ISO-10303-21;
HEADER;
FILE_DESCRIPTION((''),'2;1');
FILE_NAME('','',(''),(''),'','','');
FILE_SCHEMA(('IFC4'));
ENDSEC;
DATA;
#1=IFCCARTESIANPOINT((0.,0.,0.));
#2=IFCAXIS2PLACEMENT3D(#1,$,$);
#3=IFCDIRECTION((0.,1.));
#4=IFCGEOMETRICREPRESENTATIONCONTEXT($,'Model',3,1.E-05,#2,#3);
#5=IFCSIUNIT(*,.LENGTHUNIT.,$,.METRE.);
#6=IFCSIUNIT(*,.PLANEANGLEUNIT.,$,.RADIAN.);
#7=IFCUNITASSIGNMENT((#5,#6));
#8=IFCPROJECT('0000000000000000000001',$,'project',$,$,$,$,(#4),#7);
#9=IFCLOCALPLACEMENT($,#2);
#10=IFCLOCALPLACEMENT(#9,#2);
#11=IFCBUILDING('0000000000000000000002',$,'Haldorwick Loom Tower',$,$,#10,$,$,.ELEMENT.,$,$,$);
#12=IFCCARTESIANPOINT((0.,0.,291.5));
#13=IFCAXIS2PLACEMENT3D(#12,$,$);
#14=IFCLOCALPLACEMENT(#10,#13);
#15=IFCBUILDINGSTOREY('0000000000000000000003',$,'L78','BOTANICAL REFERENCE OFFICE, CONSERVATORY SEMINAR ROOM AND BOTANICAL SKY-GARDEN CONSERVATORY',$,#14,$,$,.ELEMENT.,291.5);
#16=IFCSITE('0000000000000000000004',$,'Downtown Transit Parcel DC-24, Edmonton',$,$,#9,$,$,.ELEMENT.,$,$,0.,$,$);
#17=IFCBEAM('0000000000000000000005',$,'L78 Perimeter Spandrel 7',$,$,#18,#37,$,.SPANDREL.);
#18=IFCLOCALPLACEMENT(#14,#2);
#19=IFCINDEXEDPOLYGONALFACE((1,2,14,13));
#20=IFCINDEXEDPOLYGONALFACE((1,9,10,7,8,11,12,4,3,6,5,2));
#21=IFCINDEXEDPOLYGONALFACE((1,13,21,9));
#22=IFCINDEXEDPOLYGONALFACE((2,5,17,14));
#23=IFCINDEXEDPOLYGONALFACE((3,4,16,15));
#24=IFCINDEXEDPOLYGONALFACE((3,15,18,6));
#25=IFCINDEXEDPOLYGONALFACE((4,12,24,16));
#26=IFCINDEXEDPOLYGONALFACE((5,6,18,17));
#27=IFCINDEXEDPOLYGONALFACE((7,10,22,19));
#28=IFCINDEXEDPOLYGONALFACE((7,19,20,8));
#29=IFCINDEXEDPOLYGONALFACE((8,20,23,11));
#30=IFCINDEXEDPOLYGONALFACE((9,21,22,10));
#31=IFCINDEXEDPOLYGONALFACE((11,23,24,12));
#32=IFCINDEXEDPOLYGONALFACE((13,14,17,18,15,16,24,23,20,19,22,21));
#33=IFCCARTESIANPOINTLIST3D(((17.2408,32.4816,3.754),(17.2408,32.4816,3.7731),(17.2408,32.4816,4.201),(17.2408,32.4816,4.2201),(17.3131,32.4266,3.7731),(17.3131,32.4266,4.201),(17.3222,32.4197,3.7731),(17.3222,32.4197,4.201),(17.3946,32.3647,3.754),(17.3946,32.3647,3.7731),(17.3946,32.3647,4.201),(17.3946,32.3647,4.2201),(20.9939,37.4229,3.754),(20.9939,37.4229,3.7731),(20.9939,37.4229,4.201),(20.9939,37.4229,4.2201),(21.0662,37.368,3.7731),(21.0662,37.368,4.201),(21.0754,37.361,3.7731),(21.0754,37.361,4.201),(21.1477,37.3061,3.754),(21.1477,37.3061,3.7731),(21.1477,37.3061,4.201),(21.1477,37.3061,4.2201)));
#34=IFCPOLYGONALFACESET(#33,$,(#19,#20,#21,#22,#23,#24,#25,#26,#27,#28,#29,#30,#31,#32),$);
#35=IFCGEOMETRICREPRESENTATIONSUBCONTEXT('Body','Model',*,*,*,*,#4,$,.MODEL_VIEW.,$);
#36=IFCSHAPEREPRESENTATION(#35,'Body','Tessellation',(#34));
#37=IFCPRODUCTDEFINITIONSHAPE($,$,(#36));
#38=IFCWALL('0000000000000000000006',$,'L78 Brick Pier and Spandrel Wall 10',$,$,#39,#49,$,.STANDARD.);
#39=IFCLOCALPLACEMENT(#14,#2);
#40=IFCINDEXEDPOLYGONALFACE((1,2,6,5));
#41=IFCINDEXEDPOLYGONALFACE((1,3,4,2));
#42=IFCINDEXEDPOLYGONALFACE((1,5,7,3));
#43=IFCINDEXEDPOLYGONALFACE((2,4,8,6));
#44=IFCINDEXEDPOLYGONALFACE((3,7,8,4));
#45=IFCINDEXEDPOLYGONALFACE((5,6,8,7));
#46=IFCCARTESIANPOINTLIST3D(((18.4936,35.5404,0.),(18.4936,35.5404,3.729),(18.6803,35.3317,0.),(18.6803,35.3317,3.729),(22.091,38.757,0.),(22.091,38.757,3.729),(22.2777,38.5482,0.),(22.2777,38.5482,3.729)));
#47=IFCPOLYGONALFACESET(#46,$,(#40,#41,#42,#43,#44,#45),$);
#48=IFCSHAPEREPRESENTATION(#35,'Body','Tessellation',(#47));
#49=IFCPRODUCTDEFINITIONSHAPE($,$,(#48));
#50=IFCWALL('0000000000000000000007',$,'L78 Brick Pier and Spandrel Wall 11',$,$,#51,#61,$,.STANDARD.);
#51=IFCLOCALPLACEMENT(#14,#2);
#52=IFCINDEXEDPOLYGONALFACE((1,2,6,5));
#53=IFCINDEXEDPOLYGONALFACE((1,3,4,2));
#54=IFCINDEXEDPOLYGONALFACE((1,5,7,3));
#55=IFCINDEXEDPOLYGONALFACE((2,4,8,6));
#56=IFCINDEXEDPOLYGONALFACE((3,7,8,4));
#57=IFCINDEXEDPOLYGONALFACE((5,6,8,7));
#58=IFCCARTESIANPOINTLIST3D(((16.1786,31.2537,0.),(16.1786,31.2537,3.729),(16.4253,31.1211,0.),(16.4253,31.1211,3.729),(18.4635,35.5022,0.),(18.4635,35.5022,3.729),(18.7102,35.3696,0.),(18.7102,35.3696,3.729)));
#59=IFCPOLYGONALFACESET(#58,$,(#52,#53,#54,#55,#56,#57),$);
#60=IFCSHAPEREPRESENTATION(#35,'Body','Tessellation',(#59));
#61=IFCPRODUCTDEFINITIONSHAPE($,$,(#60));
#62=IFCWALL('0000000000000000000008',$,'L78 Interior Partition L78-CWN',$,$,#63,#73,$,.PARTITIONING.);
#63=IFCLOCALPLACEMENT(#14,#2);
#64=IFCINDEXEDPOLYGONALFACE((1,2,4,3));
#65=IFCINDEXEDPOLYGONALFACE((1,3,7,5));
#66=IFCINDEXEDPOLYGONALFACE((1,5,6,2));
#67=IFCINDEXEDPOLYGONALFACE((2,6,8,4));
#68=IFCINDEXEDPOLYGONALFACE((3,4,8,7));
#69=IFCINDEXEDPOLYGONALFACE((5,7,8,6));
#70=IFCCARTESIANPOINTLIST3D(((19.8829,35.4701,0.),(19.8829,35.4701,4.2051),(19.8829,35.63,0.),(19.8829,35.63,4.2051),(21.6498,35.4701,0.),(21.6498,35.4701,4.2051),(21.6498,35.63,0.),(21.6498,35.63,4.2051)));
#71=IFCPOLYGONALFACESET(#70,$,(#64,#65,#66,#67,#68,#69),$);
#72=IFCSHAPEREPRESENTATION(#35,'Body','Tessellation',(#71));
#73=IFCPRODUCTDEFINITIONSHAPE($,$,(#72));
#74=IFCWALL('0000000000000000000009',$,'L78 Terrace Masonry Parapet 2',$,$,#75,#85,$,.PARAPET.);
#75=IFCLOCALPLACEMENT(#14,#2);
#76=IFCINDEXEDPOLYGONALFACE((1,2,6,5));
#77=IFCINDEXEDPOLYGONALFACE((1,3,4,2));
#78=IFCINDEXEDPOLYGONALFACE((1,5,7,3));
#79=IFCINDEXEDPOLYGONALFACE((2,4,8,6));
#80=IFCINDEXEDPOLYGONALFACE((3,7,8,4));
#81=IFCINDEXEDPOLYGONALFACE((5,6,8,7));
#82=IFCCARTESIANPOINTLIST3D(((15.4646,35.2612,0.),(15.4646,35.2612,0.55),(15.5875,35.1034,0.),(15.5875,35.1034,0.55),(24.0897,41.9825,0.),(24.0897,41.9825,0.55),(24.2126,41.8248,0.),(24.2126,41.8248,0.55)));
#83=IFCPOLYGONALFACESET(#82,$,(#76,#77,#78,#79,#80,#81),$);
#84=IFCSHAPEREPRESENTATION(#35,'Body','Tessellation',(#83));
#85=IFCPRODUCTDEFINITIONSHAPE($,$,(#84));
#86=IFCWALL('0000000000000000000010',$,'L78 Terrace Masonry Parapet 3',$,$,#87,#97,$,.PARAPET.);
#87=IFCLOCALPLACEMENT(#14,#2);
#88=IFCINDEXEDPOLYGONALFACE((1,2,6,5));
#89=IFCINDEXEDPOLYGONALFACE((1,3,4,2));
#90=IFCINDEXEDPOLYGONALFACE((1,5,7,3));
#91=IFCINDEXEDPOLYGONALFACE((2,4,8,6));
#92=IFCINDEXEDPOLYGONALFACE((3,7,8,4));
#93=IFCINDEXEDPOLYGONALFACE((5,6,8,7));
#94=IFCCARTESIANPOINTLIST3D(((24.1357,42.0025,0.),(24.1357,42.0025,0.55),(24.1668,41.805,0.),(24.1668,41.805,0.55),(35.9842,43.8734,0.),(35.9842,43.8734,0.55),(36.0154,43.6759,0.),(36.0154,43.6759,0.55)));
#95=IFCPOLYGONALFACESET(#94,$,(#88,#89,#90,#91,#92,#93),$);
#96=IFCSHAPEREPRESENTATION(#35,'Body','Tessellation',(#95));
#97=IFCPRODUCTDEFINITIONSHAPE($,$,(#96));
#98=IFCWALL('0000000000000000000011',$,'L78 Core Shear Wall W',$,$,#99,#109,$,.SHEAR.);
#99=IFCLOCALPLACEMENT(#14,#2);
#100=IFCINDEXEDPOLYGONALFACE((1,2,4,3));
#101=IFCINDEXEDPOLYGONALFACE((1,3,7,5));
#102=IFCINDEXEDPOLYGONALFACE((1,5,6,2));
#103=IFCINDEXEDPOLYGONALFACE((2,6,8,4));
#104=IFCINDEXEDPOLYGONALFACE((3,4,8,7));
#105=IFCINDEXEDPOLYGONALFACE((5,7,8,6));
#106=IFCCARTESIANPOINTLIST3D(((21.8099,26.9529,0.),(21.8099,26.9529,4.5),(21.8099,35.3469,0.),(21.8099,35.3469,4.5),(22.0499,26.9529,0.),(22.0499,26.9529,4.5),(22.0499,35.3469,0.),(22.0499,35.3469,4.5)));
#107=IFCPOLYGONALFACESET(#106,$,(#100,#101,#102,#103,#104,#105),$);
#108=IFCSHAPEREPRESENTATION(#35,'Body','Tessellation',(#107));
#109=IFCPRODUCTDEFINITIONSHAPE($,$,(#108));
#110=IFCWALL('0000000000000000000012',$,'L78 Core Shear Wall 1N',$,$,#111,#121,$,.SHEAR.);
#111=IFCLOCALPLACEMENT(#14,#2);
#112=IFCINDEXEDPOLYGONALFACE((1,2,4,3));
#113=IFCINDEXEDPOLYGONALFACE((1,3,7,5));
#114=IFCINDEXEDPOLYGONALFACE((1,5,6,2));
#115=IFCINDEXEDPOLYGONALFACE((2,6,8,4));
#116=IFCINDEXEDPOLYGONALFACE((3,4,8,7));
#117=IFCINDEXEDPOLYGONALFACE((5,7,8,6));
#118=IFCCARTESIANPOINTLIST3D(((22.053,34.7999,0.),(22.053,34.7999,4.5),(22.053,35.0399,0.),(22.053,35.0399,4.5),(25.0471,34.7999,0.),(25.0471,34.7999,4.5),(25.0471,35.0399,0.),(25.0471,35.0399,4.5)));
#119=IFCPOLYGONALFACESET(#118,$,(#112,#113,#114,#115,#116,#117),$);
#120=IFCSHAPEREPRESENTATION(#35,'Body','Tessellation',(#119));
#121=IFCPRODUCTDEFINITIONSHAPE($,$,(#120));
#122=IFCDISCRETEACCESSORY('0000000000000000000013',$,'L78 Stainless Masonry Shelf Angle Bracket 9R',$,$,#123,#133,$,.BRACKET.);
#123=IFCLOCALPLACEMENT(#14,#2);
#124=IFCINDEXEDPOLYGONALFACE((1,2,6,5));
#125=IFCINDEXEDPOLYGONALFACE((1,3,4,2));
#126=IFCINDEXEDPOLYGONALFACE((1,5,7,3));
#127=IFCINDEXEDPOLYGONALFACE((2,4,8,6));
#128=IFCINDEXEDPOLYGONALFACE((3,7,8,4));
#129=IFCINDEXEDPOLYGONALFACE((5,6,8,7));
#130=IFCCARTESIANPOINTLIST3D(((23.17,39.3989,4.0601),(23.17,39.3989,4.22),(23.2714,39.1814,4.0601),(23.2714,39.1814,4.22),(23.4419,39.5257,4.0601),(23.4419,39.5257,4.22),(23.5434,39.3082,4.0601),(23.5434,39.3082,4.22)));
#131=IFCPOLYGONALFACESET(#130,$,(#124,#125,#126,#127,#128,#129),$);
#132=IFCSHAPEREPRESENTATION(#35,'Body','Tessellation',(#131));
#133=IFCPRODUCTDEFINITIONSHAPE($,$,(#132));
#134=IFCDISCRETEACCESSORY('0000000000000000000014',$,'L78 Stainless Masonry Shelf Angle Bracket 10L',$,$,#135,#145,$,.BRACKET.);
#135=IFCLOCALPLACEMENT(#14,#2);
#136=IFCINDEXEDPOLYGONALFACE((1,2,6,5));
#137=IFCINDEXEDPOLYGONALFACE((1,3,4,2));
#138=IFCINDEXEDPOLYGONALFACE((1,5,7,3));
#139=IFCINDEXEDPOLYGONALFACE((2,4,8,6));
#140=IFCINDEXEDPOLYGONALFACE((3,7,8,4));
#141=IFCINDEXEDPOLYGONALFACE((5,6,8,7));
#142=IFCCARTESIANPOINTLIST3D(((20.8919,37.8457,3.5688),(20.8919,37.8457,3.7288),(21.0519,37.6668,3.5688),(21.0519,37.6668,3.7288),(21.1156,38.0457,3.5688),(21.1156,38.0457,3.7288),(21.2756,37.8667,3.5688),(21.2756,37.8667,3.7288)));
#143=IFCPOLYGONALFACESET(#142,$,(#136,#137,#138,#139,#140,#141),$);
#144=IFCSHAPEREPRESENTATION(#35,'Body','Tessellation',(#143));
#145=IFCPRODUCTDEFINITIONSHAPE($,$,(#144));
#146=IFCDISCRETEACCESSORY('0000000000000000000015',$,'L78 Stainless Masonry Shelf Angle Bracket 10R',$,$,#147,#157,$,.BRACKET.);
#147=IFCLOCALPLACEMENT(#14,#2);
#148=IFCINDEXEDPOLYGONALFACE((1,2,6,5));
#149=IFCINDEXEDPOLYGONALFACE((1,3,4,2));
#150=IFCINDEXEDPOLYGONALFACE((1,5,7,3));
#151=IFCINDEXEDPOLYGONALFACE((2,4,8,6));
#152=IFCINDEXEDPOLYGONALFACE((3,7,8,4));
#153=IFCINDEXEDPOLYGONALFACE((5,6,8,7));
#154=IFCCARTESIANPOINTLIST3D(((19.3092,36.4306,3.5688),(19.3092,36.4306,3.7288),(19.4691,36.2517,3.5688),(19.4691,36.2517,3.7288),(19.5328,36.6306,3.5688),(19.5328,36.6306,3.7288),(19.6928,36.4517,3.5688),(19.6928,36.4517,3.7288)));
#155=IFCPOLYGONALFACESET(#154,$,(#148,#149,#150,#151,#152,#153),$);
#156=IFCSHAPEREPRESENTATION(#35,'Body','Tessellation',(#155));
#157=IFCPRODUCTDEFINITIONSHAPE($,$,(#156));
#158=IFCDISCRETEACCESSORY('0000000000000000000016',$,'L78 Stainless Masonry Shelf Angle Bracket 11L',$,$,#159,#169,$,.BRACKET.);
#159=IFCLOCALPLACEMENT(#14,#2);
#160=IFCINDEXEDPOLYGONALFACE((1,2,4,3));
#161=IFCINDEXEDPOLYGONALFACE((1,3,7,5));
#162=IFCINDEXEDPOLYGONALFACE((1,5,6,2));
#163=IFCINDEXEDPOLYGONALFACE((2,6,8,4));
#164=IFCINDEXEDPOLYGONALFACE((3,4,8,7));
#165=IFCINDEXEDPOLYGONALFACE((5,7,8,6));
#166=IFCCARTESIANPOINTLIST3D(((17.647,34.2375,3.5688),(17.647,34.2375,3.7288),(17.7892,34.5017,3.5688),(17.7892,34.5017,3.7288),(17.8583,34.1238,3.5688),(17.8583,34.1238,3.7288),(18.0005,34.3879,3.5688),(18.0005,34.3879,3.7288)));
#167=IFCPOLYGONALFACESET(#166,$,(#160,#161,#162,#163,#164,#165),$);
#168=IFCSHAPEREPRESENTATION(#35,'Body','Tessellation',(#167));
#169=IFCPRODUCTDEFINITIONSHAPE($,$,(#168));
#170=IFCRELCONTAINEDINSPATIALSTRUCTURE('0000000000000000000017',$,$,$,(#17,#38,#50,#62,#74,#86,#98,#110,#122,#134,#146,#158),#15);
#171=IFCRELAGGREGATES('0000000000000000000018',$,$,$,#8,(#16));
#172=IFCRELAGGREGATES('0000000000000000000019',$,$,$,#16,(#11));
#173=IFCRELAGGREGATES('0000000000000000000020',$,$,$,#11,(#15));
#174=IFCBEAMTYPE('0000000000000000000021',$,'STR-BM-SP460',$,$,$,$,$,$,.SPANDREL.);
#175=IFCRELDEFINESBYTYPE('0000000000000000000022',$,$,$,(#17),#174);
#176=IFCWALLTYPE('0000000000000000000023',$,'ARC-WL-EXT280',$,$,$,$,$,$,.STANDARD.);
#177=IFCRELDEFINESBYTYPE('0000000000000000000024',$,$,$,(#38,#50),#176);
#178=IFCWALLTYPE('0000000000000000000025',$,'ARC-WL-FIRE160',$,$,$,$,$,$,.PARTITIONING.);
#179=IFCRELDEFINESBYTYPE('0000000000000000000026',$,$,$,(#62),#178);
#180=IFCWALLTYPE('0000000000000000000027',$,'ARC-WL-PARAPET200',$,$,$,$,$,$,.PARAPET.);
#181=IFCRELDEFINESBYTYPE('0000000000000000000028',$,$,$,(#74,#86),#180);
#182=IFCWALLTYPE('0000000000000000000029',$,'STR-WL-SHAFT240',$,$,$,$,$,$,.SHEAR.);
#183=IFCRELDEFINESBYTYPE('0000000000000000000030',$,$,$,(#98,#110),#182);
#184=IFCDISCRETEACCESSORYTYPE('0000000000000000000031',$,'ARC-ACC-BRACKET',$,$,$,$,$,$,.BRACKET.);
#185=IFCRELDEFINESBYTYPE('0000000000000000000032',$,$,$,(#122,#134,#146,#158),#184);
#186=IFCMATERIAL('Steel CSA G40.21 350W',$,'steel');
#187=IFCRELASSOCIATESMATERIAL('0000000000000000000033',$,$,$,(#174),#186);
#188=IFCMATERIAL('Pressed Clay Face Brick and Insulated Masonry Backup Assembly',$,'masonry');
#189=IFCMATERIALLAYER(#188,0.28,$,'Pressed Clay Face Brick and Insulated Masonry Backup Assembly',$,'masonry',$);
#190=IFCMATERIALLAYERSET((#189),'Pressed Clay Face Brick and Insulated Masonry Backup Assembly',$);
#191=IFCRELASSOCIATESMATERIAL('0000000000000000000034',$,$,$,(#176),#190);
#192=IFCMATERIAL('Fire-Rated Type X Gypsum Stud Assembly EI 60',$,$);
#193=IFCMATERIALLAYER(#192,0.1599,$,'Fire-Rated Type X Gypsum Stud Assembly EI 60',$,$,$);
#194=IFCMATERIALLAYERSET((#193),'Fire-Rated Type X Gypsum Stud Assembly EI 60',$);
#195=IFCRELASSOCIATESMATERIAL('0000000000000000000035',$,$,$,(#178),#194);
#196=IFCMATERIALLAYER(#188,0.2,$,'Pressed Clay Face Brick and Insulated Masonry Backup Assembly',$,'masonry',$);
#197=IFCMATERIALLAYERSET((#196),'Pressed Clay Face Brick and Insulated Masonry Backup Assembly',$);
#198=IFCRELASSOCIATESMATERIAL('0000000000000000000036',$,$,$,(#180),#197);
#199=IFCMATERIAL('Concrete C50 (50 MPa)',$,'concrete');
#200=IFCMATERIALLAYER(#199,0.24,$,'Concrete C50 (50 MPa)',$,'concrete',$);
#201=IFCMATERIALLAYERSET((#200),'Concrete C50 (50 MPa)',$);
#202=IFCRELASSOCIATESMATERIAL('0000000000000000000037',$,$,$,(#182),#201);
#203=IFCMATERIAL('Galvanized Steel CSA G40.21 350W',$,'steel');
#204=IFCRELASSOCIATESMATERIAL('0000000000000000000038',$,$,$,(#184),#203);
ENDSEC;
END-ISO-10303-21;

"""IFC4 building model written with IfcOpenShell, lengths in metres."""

from ifc_helpers import new_model, si_unit, direction, frame, frame_2d, origin, origin_2d, place, context, subcontext, project, spatial, rectangle, i_section, extrude, material, layer, layer_set, material_profile, profile_set, type_object, element, save


model = new_model("IFC4")

# Units and contexts
model_context = context("Model", 3, precision=1e-05, world=origin(), true_north=direction((0.0, 1.0)))
body_context = subcontext(model_context, "Body", "Model", "MODEL_VIEW")
ifc_project = project(units=[si_unit("LENGTHUNIT", "METRE"), si_unit("PLANEANGLEUNIT", "RADIAN")], contexts=[model_context])

# Site, building, storey
site_placement = place(None, origin())
site = spatial("IfcSite", under=ifc_project, at=site_placement, Name="Downtown Transit Parcel DC-24, Edmonton", CompositionType="ELEMENT", RefElevation=0.0)
building_placement = place(site_placement, origin())
building = spatial("IfcBuilding", under=site, at=building_placement, Name="Haldorwick Loom Tower", CompositionType="ELEMENT")
storey_placement = place(building_placement, frame((0.0, 0.0, 291.5)))
storey = spatial("IfcBuildingStorey", under=building, at=storey_placement, Name="L78", Description="BOTANICAL REFERENCE OFFICE, CONSERVATORY SEMINAR ROOM AND BOTANICAL SKY-GARDEN CONSERVATORY", CompositionType="ELEMENT", Elevation=291.5)

# Shared definitions
ifc_material_1 = material(Name="Steel CSA G40.21 350W", Category="steel")

# Beam
ifc_material_2 = material(Name="Concrete C50 (50 MPa)", Category="concrete")
ifc_material_profile_1 = material_profile(ifc_material_1, i_section(OverallWidth=0.1931, OverallDepth=0.4661, WebThickness=0.0115, FlangeThickness=0.019, at=origin_2d()), Name="W460X97", Category="steel")
ifc_profile_set_1 = profile_set([ifc_material_profile_1], Name="Steel CSA G40.21 350W")
beam_type_1 = type_object("IfcBeamType", Name="STR-BM-SP460", PredefinedType="SPANDREL", material=ifc_profile_set_1)
beam_1_placement = place(storey_placement, frame((21.0708, 37.3645, 3.9871), z_axis=(-0.604849, -0.79634, 0.0), x_axis=(0.79634, -0.604849, 0.0)))
element("IfcBeam", 1, at=beam_1_placement, inside=storey, type_object=beam_type_1, Name="L78 Perimeter Spandrel 7", PredefinedType="SPANDREL", context=body_context, shape_type="SweptSolid", body=[
    extrude(i_section(OverallWidth=0.1931, OverallDepth=0.4661, WebThickness=0.0115, FlangeThickness=0.019, at=origin_2d()), origin(), (0.0, 0.0, 1.0), 6.2051),
])

# Walls
ifc_material_3 = material(Name="Pressed Clay Face Brick and Insulated Masonry Backup Assembly", Category="masonry")
ifc_layer_1 = layer(ifc_material_3, 0.28, Name="Pressed Clay Face Brick and Insulated Masonry Backup Assembly", Category="masonry")
ifc_layer_set_1 = layer_set([ifc_layer_1], Name="Pressed Clay Face Brick and Insulated Masonry Backup Assembly")
wall_type_1 = type_object("IfcWallType", Name="ARC-WL-EXT280", PredefinedType="STANDARD", material=ifc_layer_set_1)
wall_1_placement = place(storey_placement, frame((22.1843, 38.6526, 0.0), z_axis=(0.0, 0.0, 1.0), x_axis=(-0.745466, -0.666543, 0.0)))
element("IfcWall", 2, at=wall_1_placement, inside=storey, type_object=wall_type_1, Name="L78 Brick Pier and Spandrel Wall 10", PredefinedType="STANDARD", context=body_context, shape_type="SweptSolid", body=[
    extrude(rectangle(XDim=4.8257, YDim=0.28, at=frame_2d((2.4128, 0.0))), origin(), (0.0, 0.0, 1.0), 3.729),
])
wall_2_placement = place(storey_placement, frame((18.5869, 35.436, 0.0), z_axis=(0.0, 0.0, 1.0), x_axis=(-0.473656, -0.88071, 0.0)))
element("IfcWall", 3, at=wall_2_placement, inside=storey, type_object=wall_type_1, Name="L78 Brick Pier and Spandrel Wall 11", PredefinedType="STANDARD", context=body_context, shape_type="SweptSolid", body=[
    extrude(rectangle(XDim=4.824, YDim=0.28, at=frame_2d((2.4121, 0.0))), origin(), (0.0, 0.0, 1.0), 3.729),
])
ifc_material_4 = material(Name="Fire-Rated Type X Gypsum Stud Assembly EI 60")
ifc_layer_2 = layer(ifc_material_4, 0.1599, Name="Fire-Rated Type X Gypsum Stud Assembly EI 60")
ifc_layer_set_2 = layer_set([ifc_layer_2], Name="Fire-Rated Type X Gypsum Stud Assembly EI 60")
wall_type_2 = type_object("IfcWallType", Name="ARC-WL-FIRE160", PredefinedType="PARTITIONING", material=ifc_layer_set_2)
wall_3_placement = place(storey_placement, frame((19.8831, 35.55, 0.0), z_axis=(0.0, 0.0, 1.0), x_axis=(1.0, 0.0, 0.0)))
element("IfcWall", 4, at=wall_3_placement, inside=storey, type_object=wall_type_2, Name="L78 Interior Partition L78-CWN", PredefinedType="PARTITIONING", context=body_context, shape_type="SweptSolid", body=[
    extrude(rectangle(XDim=1.7668, YDim=0.1599, at=frame_2d((0.8833, 0.0))), origin(), (0.0, 0.0, 1.0), 4.2051),
])
ifc_layer_3 = layer(ifc_material_3, 0.2, Name="Pressed Clay Face Brick and Insulated Masonry Backup Assembly", Category="masonry")
ifc_layer_set_3 = layer_set([ifc_layer_3], Name="Pressed Clay Face Brick and Insulated Masonry Backup Assembly")
wall_type_3 = type_object("IfcWallType", Name="ARC-WL-PARAPET200", PredefinedType="PARAPET", material=ifc_layer_set_3)
wall_4_placement = place(storey_placement, frame((15.5261, 35.1824, 0.0), z_axis=(0.0, 0.0, 1.0), x_axis=(0.78878, 0.614676, 0.0)))
element("IfcWall", 5, at=wall_4_placement, inside=storey, type_object=wall_type_3, Name="L78 Terrace Masonry Parapet 2", PredefinedType="PARAPET", context=body_context, shape_type="SweptSolid", body=[
    extrude(rectangle(XDim=10.9348, YDim=0.2, at=frame_2d((5.4673, 0.0))), origin(), (0.0, 0.0, 1.0), 0.55),
])
wall_5_placement = place(storey_placement, frame((24.1514, 41.9038, 0.0), z_axis=(0.0, 0.0, 1.0), x_axis=(0.987763, 0.155964, 0.0)))
element("IfcWall", 6, at=wall_5_placement, inside=storey, type_object=wall_type_3, Name="L78 Terrace Masonry Parapet 3", PredefinedType="PARAPET", context=body_context, shape_type="SweptSolid", body=[
    extrude(rectangle(XDim=11.9954, YDim=0.2, at=frame_2d((5.9976, 0.0))), origin(), (0.0, 0.0, 1.0), 0.55),
])
ifc_layer_4 = layer(ifc_material_2, 0.24, Name="Concrete C50 (50 MPa)", Category="concrete")
ifc_layer_set_4 = layer_set([ifc_layer_4], Name="Concrete C50 (50 MPa)")
wall_type_4 = type_object("IfcWallType", Name="STR-WL-SHAFT240", PredefinedType="SHEAR", material=ifc_layer_set_4)
wall_6_placement = place(storey_placement, frame((21.9299, 35.3469, 0.0), z_axis=(0.0, 0.0, 1.0), x_axis=(0.0, -1.0, 0.0)))
element("IfcWall", 7, at=wall_6_placement, inside=storey, type_object=wall_type_4, Name="L78 Core Shear Wall W", PredefinedType="SHEAR", context=body_context, shape_type="SweptSolid", body=[
    extrude(rectangle(XDim=8.394, YDim=0.24, at=frame_2d((4.197, 0.0))), origin(), (0.0, 0.0, 1.0), 4.5),
])
wall_7_placement = place(storey_placement, frame((22.053, 34.9199, 0.0), z_axis=(0.0, 0.0, 1.0), x_axis=(1.0, 0.0, 0.0)))
element("IfcWall", 8, at=wall_7_placement, inside=storey, type_object=wall_type_4, Name="L78 Core Shear Wall 1N", PredefinedType="SHEAR", context=body_context, shape_type="SweptSolid", body=[
    extrude(rectangle(XDim=2.9941, YDim=0.24, at=frame_2d((1.4971, 0.0))), origin(), (0.0, 0.0, 1.0), 4.5),
])

# Discrete accessories
ifc_material_5 = material(Name="Galvanized Steel CSA G40.21 350W", Category="steel")
discrete_accessory_type = type_object("IfcDiscreteAccessoryType", Name="ARC-ACC-BRACKET", PredefinedType="BRACKET", material=ifc_material_5)
for number, where, z_axis, x_axis, name in (
    (9, (23.3567, 39.3535, 4.0601), (0.0, 0.0, 1.0), (-0.906308, -0.422618, 0.0), "L78 Stainless Masonry Shelf Angle Bracket 9R"),
    (10, (21.0837, 37.8562, 3.5688), (0.0, 0.0, 1.0), (-0.745476, -0.666532, 0.0), "L78 Stainless Masonry Shelf Angle Bracket 10L"),
    (11, (19.501, 36.4412, 3.5688), (0.0, 0.0, 1.0), (-0.745476, -0.666532, 0.0), "L78 Stainless Masonry Shelf Angle Bracket 10R"),
    (12, (17.8237, 34.3127, 3.5688), (0.0, 0.0, 1.0), (-0.474088, -0.880477, 0.0), "L78 Stainless Masonry Shelf Angle Bracket 11L"),
):
    element("IfcDiscreteAccessory", number, at=place(storey_placement, frame(where, z_axis=z_axis, x_axis=x_axis)), inside=storey, type_object=discrete_accessory_type, Name=name, PredefinedType="BRACKET", context=body_context, shape_type="SweptSolid", body=[
        extrude(rectangle(XDim=0.3, YDim=0.24, at=origin_2d()), origin(), (0.0, 0.0, 1.0), 0.1599),
    ])

save(model, "model.ifc")
